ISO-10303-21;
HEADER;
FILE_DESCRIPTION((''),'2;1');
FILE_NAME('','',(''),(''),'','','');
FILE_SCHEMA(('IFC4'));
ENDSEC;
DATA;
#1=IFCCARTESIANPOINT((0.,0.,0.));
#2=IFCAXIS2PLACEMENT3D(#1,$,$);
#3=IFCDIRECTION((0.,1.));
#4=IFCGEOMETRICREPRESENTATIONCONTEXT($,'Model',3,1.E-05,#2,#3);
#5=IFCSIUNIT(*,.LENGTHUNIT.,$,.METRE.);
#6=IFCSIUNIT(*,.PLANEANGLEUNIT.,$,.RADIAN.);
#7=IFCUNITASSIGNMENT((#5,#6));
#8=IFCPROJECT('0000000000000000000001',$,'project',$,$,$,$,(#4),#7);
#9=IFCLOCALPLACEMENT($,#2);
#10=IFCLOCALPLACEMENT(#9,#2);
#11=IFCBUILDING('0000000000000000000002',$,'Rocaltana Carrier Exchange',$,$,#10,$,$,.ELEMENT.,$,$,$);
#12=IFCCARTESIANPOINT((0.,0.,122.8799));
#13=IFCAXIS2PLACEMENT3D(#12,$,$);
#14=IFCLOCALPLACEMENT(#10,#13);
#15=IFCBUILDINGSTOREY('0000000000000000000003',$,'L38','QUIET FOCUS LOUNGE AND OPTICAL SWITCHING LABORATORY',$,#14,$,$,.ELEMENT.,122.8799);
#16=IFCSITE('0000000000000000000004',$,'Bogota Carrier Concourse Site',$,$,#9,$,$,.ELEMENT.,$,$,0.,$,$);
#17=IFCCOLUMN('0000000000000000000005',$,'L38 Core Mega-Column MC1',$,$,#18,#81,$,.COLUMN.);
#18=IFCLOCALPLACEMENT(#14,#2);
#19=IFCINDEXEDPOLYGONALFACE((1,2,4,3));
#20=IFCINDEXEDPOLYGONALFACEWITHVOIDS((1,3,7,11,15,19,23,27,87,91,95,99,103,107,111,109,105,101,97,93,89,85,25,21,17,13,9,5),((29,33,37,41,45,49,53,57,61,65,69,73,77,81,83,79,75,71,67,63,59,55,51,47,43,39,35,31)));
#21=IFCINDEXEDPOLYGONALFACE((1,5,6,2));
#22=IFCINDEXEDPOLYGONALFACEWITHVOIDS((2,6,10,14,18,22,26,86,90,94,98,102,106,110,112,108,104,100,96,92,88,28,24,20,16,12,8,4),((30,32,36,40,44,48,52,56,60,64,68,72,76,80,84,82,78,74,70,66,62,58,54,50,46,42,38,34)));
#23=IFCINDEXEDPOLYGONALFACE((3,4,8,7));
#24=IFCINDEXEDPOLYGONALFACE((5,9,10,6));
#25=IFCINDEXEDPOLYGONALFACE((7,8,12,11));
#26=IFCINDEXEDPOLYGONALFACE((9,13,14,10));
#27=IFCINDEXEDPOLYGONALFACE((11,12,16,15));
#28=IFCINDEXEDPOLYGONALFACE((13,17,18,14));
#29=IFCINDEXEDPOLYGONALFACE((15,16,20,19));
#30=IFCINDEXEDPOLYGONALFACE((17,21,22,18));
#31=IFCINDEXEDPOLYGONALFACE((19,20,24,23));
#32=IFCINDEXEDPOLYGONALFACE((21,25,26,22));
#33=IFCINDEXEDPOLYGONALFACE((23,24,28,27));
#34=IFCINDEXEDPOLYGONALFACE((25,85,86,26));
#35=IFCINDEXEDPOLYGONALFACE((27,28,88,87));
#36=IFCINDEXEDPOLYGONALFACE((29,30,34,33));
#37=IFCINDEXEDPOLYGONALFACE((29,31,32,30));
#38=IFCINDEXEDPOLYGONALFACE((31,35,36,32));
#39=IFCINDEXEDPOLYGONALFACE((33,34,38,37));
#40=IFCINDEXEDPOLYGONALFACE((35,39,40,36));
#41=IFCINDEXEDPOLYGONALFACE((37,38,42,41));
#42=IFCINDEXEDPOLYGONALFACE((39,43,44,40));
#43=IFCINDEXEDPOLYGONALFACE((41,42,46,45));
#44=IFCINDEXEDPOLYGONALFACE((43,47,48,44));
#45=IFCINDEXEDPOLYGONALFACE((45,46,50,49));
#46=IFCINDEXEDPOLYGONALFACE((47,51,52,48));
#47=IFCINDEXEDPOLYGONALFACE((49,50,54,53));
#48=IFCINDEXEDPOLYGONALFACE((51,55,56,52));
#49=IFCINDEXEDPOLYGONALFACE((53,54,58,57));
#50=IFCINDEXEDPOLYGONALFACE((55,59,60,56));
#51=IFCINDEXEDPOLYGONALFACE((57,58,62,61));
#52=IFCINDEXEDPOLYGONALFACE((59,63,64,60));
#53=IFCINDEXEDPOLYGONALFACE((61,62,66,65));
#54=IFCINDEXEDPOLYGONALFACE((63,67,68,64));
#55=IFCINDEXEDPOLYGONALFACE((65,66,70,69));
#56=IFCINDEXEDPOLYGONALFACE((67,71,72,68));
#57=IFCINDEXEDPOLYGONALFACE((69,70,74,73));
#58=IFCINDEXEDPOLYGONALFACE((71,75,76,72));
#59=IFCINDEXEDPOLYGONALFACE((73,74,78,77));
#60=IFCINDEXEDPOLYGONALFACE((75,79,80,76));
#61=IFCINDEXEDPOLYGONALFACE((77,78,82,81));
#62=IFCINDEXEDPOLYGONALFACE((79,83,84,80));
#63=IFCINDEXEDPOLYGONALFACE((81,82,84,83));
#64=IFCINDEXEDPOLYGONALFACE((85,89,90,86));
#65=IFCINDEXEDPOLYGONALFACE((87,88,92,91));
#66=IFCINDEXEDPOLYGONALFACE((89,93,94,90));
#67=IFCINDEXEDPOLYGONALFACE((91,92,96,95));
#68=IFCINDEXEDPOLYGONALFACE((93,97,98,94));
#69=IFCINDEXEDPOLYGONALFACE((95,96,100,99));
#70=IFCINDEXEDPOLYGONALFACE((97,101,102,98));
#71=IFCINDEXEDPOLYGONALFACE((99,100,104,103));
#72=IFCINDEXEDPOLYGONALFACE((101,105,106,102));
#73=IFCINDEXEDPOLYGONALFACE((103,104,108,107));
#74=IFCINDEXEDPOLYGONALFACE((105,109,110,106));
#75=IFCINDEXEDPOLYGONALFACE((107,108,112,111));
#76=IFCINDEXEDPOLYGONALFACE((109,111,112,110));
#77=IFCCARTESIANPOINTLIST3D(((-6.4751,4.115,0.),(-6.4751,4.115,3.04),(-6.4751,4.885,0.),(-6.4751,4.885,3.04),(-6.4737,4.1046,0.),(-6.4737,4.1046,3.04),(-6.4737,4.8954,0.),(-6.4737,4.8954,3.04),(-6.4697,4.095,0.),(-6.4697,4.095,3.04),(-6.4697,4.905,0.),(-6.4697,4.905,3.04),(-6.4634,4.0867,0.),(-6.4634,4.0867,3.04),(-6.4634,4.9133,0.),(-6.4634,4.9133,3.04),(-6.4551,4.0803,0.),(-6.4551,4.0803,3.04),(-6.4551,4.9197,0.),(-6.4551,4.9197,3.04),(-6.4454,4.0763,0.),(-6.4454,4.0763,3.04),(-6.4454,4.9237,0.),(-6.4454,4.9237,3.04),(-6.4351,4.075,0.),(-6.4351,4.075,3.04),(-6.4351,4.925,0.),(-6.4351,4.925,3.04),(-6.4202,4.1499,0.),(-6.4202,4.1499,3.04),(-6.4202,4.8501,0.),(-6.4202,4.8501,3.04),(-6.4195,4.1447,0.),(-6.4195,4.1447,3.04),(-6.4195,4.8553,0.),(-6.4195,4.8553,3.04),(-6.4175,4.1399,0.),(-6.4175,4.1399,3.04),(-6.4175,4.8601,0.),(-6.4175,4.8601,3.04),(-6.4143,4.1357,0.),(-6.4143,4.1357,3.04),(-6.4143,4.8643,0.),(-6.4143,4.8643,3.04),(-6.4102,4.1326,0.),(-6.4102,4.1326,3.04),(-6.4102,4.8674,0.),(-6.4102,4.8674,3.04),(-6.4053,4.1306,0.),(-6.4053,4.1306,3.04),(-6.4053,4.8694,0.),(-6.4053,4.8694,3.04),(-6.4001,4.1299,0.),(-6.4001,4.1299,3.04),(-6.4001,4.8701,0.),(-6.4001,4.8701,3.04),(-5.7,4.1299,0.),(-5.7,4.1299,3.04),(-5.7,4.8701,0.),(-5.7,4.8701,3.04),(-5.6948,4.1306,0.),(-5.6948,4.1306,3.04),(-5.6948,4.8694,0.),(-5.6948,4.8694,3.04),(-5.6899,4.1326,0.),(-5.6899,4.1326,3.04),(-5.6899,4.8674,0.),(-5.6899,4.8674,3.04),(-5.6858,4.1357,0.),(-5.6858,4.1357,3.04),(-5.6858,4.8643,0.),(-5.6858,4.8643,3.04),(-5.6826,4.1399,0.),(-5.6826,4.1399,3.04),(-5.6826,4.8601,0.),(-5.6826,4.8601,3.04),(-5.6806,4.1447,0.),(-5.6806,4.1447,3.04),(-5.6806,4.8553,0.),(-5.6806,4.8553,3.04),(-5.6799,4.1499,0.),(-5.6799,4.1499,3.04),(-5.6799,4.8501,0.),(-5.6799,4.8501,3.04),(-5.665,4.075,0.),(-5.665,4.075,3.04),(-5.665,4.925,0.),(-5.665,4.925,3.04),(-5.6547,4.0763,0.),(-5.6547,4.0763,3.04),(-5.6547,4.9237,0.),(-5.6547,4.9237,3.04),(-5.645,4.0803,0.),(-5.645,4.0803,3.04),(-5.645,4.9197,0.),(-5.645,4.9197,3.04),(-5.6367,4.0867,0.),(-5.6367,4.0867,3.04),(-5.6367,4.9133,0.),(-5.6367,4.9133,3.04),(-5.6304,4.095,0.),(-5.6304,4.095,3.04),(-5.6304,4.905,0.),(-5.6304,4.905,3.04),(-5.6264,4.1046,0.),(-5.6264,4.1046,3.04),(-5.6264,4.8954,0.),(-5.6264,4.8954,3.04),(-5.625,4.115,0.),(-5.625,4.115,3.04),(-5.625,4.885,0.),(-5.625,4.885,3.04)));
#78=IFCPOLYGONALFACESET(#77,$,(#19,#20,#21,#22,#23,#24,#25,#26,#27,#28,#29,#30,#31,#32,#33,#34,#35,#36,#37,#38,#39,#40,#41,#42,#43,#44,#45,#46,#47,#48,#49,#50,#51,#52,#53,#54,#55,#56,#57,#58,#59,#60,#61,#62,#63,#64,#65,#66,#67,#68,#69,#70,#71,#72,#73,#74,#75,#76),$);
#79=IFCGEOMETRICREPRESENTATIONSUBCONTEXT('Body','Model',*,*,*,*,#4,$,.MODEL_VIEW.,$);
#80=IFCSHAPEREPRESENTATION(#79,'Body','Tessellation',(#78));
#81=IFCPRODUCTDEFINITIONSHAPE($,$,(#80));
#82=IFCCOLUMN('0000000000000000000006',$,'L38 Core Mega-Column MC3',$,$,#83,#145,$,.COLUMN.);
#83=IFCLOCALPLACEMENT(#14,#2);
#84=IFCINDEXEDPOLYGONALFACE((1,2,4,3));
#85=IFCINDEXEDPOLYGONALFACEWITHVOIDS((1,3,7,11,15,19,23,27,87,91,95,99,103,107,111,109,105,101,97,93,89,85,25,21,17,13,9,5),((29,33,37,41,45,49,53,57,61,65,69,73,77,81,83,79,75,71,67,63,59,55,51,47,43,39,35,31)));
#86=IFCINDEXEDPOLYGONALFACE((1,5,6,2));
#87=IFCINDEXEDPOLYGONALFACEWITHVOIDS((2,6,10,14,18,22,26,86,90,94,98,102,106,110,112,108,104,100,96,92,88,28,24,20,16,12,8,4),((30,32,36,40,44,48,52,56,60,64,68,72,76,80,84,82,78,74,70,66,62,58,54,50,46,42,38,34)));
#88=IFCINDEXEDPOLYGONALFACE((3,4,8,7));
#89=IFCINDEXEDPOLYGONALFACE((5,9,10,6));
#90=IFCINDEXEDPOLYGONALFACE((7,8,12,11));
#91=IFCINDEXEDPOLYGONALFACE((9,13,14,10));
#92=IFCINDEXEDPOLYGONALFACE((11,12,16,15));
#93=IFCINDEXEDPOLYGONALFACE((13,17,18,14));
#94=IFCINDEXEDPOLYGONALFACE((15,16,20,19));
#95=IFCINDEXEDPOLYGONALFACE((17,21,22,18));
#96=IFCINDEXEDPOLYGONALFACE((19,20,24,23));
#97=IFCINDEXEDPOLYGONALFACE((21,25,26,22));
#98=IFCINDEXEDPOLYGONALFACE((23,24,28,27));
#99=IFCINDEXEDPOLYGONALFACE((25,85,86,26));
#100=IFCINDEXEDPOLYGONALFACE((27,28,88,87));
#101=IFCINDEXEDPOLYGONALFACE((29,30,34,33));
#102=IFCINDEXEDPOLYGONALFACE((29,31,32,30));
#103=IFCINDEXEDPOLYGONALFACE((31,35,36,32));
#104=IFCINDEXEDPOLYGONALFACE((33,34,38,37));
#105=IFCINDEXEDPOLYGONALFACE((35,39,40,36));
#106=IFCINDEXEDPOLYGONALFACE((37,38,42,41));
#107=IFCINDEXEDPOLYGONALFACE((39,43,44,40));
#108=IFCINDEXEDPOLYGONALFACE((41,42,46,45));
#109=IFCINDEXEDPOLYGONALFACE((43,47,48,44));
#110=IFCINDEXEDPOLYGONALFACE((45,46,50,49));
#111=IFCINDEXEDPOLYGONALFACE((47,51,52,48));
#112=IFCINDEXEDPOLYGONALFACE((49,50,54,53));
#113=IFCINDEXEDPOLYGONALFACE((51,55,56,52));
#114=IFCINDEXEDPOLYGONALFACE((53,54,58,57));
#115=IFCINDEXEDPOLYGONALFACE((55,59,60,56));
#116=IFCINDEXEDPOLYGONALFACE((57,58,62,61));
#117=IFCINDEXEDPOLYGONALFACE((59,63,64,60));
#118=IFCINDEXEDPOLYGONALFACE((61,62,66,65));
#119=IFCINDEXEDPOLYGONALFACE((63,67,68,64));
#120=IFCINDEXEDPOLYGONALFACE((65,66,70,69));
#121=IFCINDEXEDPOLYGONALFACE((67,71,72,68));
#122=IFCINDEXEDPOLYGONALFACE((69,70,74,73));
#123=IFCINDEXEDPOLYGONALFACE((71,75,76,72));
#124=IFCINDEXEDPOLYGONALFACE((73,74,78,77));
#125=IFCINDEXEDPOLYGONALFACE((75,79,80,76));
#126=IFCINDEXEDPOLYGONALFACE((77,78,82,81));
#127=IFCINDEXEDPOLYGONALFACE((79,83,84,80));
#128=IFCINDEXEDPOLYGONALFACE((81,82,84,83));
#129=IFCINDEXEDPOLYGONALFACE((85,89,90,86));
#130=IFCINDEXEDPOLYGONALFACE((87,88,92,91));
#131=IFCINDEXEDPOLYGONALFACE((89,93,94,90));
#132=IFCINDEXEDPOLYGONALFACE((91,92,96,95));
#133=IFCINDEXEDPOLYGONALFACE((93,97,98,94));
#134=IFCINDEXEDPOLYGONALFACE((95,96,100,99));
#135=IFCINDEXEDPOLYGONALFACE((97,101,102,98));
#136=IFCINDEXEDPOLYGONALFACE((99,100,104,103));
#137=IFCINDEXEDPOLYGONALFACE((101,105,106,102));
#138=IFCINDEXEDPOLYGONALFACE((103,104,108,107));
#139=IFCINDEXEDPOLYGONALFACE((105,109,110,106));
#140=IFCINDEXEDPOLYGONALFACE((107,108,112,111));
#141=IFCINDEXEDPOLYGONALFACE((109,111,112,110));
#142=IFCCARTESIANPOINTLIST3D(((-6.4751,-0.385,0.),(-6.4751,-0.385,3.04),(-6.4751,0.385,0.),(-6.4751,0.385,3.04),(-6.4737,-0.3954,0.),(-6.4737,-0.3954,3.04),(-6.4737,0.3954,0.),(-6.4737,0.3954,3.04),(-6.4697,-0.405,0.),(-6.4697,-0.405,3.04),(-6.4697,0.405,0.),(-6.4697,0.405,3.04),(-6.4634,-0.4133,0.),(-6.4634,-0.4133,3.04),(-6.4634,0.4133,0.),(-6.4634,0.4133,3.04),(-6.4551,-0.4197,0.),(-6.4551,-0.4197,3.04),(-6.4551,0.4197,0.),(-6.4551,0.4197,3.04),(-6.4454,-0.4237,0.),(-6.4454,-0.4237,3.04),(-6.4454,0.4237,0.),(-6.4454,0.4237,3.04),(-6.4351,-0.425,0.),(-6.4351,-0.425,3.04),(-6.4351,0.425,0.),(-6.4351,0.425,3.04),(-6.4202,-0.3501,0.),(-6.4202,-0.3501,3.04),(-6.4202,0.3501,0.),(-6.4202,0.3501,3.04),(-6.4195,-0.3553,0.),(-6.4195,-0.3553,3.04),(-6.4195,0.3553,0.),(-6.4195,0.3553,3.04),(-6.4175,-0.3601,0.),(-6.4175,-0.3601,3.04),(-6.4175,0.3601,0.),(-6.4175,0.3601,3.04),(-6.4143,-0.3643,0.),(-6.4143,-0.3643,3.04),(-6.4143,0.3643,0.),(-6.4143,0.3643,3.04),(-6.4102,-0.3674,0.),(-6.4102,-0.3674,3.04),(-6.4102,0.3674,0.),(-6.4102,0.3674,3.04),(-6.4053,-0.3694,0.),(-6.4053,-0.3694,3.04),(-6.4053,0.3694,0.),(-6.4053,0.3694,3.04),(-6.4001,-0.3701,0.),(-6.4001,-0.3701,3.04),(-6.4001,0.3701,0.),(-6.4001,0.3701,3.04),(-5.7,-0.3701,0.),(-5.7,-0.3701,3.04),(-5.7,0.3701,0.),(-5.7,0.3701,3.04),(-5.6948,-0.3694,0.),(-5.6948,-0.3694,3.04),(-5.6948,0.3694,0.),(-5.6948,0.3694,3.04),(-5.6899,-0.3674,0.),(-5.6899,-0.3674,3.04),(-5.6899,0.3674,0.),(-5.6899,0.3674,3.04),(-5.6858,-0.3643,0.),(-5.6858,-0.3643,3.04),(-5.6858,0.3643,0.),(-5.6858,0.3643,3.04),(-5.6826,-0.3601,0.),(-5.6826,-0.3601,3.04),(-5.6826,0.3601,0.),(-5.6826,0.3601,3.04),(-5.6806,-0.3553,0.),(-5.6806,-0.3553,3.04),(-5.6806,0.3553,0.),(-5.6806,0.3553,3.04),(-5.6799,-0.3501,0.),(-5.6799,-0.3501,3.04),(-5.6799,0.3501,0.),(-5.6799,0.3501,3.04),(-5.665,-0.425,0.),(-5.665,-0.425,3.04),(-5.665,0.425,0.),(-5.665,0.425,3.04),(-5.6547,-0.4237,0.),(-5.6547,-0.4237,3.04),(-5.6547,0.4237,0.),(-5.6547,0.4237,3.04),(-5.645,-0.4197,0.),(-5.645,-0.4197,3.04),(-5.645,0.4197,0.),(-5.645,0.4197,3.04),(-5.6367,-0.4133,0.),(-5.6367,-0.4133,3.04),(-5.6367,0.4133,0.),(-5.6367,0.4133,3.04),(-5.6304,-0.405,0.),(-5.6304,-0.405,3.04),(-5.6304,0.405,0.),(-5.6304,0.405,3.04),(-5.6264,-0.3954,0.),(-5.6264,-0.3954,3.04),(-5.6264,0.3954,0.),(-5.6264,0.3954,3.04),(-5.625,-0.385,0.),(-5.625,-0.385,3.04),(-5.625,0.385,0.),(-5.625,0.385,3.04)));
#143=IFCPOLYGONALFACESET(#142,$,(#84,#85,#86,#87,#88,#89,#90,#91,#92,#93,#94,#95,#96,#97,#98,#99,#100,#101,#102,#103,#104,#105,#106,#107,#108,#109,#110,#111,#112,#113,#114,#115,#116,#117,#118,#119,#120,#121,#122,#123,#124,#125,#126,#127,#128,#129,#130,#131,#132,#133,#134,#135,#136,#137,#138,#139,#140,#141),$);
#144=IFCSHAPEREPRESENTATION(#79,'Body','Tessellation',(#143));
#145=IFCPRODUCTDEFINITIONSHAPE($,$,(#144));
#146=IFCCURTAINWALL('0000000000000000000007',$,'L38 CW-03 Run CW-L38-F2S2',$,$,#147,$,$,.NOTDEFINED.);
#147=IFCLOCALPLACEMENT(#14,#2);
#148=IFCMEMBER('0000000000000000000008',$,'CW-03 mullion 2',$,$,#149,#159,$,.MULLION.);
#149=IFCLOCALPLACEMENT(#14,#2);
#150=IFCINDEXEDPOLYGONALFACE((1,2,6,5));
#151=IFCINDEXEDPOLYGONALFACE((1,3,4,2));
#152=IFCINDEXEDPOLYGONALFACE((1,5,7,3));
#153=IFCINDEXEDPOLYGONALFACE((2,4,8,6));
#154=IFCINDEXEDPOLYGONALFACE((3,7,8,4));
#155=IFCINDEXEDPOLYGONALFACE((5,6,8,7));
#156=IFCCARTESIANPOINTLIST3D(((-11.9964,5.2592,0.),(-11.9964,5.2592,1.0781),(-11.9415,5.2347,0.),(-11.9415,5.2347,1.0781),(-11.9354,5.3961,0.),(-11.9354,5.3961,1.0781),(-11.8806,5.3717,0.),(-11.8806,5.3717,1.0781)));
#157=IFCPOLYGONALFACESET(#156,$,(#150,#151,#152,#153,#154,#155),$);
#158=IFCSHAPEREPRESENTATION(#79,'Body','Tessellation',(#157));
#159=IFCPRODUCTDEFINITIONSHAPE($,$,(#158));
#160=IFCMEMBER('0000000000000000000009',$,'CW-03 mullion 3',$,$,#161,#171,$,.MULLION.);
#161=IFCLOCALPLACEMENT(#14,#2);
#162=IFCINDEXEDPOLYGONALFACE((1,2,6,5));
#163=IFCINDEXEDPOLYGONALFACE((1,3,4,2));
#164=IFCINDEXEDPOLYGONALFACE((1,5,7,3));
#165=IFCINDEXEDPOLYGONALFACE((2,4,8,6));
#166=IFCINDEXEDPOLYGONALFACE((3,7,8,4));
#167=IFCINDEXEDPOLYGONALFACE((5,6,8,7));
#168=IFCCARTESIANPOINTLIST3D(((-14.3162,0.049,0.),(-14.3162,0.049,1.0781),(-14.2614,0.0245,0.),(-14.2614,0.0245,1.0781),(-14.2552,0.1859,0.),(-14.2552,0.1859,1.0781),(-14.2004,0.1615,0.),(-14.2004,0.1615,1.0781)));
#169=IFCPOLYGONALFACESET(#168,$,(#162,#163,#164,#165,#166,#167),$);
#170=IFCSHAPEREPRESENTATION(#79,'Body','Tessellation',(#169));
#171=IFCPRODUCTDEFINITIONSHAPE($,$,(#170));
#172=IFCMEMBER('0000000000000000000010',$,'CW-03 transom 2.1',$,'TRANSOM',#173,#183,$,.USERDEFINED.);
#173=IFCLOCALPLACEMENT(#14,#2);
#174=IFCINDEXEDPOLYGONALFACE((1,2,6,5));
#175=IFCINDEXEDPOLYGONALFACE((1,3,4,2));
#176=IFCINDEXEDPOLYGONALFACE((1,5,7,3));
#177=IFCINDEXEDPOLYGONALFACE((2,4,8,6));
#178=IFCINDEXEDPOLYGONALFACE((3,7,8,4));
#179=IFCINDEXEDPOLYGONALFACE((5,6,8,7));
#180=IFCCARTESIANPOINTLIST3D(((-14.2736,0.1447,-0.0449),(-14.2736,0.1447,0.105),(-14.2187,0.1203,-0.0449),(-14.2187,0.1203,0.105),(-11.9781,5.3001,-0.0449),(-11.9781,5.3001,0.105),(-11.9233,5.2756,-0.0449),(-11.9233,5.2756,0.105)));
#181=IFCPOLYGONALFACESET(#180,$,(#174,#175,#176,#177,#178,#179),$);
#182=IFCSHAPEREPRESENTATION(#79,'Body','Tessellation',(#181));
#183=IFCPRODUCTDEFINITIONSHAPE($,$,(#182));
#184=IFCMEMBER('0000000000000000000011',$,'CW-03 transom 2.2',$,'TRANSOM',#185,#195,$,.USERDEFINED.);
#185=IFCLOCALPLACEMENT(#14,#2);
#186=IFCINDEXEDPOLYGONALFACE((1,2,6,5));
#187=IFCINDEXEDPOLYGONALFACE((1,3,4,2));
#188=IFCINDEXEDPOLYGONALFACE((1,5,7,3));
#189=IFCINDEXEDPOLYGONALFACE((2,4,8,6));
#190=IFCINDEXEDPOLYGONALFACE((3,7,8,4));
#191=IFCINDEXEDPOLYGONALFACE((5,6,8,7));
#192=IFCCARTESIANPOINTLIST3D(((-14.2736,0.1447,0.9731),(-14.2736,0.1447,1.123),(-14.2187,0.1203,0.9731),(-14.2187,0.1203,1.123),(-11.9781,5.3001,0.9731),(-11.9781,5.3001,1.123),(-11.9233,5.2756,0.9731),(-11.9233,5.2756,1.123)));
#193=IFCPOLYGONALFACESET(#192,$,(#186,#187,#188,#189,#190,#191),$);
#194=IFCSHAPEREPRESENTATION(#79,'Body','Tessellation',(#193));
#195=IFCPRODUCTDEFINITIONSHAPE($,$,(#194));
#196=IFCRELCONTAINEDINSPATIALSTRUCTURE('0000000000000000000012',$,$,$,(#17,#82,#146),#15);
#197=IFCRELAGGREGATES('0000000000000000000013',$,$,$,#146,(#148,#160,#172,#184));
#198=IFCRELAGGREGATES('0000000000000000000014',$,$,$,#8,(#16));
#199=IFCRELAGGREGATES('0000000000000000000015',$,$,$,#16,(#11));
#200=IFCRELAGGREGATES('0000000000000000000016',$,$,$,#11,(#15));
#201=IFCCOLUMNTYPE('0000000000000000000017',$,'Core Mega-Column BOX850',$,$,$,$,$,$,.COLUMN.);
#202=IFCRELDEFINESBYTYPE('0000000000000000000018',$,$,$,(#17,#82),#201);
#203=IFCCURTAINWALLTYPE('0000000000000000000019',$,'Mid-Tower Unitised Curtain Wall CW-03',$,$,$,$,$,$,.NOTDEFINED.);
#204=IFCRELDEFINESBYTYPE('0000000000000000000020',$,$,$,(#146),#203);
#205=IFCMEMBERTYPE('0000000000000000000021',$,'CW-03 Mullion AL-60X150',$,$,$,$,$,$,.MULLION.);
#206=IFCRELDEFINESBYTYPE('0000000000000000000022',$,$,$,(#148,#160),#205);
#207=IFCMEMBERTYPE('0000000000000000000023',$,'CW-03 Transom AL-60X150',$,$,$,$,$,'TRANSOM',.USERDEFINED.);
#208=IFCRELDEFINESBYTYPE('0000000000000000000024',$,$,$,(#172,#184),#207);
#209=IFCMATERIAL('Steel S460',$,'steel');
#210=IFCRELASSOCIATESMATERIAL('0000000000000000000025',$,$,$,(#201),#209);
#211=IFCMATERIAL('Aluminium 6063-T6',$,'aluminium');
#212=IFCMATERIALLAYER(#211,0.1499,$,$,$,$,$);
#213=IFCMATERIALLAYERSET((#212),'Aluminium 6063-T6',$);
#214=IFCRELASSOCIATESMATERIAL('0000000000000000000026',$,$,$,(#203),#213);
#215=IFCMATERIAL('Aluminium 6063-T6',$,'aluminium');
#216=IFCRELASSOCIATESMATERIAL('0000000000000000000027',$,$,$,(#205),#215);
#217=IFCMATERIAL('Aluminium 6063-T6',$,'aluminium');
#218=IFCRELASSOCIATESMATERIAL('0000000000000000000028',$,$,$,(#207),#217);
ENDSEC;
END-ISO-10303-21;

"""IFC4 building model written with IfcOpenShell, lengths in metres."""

from ifc_helpers import new_model, si_unit, direction, frame, origin, origin_2d, place, context, subcontext, project, spatial, rectangle, hollow_rectangle, extrude, material, layer, layer_set, material_profile, profile_set, type_object, element, aggregate, save


model = new_model("IFC4")

# Units and contexts
model_context = context("Model", 3, precision=1e-05, world=origin(), true_north=direction((0.0, 1.0)))
body_context = subcontext(model_context, "Body", "Model", "MODEL_VIEW")
ifc_project = project(units=[si_unit("LENGTHUNIT", "METRE"), si_unit("PLANEANGLEUNIT", "RADIAN")], contexts=[model_context])

# Site, building, storey
site_placement = place(None, origin())
site = spatial("IfcSite", under=ifc_project, at=site_placement, Name="Bogota Carrier Concourse Site", CompositionType="ELEMENT", RefElevation=0.0)
building_placement = place(site_placement, origin())
building = spatial("IfcBuilding", under=site, at=building_placement, Name="Rocaltana Carrier Exchange", CompositionType="ELEMENT")
storey_placement = place(building_placement, frame((0.0, 0.0, 122.8799)))
storey = spatial("IfcBuildingStorey", under=building, at=storey_placement, Name="L38", Description="QUIET FOCUS LOUNGE AND OPTICAL SWITCHING LABORATORY", CompositionType="ELEMENT", Elevation=122.8799)

# Columns
ifc_material_1 = material(Name="Steel S460", Category="steel")
ifc_material_profile_1 = material_profile(ifc_material_1, hollow_rectangle(XDim=0.8501, YDim=0.8501, WallThickness=0.0549, InnerFilletRadius=0.02, OuterFilletRadius=0.04, at=origin_2d()), Name="BOX850X850X55")
ifc_profile_set_1 = profile_set([ifc_material_profile_1], Name="Steel S460")
column_type = type_object("IfcColumnType", Name="Core Mega-Column BOX850", PredefinedType="COLUMN", material=ifc_profile_set_1)
for number, where, z_axis, x_axis, name in (
    (1, (-6.05, 4.5, 0.0), (0.0, 0.0, 1.0), (1.0, 0.0, 0.0), "L38 Core Mega-Column MC1"),
    (2, (-6.05, 0.0, 0.0), (0.0, 0.0, 1.0), (1.0, 0.0, 0.0), "L38 Core Mega-Column MC3"),
):
    element("IfcColumn", number, at=place(storey_placement, frame(where, z_axis=z_axis, x_axis=x_axis)), inside=storey, type_object=column_type, Name=name, PredefinedType="COLUMN", context=body_context, shape_type="SweptSolid", body=[
        extrude(hollow_rectangle(XDim=0.8501, YDim=0.8501, WallThickness=0.0549, InnerFilletRadius=0.02, OuterFilletRadius=0.04, at=origin_2d()), origin(), (0.0, 0.0, 1.0), 3.04),
    ])

# Curtain wall, members
ifc_material_2 = material(Name="Aluminium 6063-T6", Category="aluminium")
ifc_layer_1 = layer(ifc_material_2, 0.1499)
ifc_layer_set_1 = layer_set([ifc_layer_1], Name="Aluminium 6063-T6")
curtain_wall_type = type_object("IfcCurtainWallType", Name="Mid-Tower Unitised Curtain Wall CW-03", PredefinedType="NOTDEFINED", material=ifc_layer_set_1)
curtain_wall_placement = place(storey_placement, origin())
curtain_wall = element("IfcCurtainWall", 3, at=curtain_wall_placement, inside=storey, type_object=curtain_wall_type, Name="L38 CW-03 Run CW-L38-F2S2", PredefinedType="NOTDEFINED")
ifc_material_3 = material(Name="Aluminium 6063-T6", Category="aluminium")
ifc_material_profile_2 = material_profile(ifc_material_3, rectangle(XDim=0.0601, YDim=0.1499, at=origin_2d()), Name="AL-60X150")
ifc_profile_set_2 = profile_set([ifc_material_profile_2], Name="Aluminium 6063-T6")
member_type_1 = type_object("IfcMemberType", Name="CW-03 Mullion AL-60X150", PredefinedType="MULLION", material=ifc_profile_set_2)
member_1_placement = place(storey_placement, frame((-11.9385, 5.3154, 0.0), z_axis=(0.0, 0.0, 1.0), x_axis=(0.913542, -0.406744, 0.0)))
member_1 = element("IfcMember", 4, at=member_1_placement, type_object=member_type_1, Name="CW-03 mullion 2", PredefinedType="MULLION", context=body_context, shape_type="SweptSolid", body=[
    extrude(rectangle(XDim=0.0601, YDim=0.1499, at=origin_2d()), origin(), (0.0, 0.0, 1.0), 1.0781),
])
member_2_placement = place(storey_placement, frame((-14.2583, 0.1052, 0.0), z_axis=(0.0, 0.0, 1.0), x_axis=(0.913542, -0.406744, 0.0)))
member_2 = element("IfcMember", 5, at=member_2_placement, type_object=member_type_1, Name="CW-03 mullion 3", PredefinedType="MULLION", context=body_context, shape_type="SweptSolid", body=[
    extrude(rectangle(XDim=0.0601, YDim=0.1499, at=origin_2d()), origin(), (0.0, 0.0, 1.0), 1.0781),
])
ifc_material_4 = material(Name="Aluminium 6063-T6", Category="aluminium")
ifc_material_profile_3 = material_profile(ifc_material_4, rectangle(XDim=0.0601, YDim=0.1499, at=origin_2d()), Name="AL-60X150")
ifc_profile_set_3 = profile_set([ifc_material_profile_3], Name="Aluminium 6063-T6")
member_type_2 = type_object("IfcMemberType", Name="CW-03 Transom AL-60X150", ElementType="TRANSOM", PredefinedType="USERDEFINED", material=ifc_profile_set_3)
member_3_placement = place(storey_placement, frame((-11.9507, 5.2878, 0.03), z_axis=(-0.406757, -0.913537, 0.0), x_axis=(0.913537, -0.406757, 0.0)))
member_3 = element("IfcMember", 6, at=member_3_placement, type_object=member_type_2, Name="CW-03 transom 2.1", ObjectType="TRANSOM", PredefinedType="USERDEFINED", context=body_context, shape_type="SweptSolid", body=[
    extrude(rectangle(XDim=0.0601, YDim=0.1499, at=origin_2d()), origin(), (0.0, 0.0, 1.0), 5.6433),
])
member_4_placement = place(storey_placement, frame((-11.9507, 5.2878, 1.0481), z_axis=(-0.406757, -0.913537, 0.0), x_axis=(0.913537, -0.406757, 0.0)))
member_4 = element("IfcMember", 7, at=member_4_placement, type_object=member_type_2, Name="CW-03 transom 2.2", ObjectType="TRANSOM", PredefinedType="USERDEFINED", context=body_context, shape_type="SweptSolid", body=[
    extrude(rectangle(XDim=0.0601, YDim=0.1499, at=origin_2d()), origin(), (0.0, 0.0, 1.0), 5.6433),
])

aggregate(curtain_wall, [member_1, member_2, member_3, member_4])

save(model, "model.ifc")
